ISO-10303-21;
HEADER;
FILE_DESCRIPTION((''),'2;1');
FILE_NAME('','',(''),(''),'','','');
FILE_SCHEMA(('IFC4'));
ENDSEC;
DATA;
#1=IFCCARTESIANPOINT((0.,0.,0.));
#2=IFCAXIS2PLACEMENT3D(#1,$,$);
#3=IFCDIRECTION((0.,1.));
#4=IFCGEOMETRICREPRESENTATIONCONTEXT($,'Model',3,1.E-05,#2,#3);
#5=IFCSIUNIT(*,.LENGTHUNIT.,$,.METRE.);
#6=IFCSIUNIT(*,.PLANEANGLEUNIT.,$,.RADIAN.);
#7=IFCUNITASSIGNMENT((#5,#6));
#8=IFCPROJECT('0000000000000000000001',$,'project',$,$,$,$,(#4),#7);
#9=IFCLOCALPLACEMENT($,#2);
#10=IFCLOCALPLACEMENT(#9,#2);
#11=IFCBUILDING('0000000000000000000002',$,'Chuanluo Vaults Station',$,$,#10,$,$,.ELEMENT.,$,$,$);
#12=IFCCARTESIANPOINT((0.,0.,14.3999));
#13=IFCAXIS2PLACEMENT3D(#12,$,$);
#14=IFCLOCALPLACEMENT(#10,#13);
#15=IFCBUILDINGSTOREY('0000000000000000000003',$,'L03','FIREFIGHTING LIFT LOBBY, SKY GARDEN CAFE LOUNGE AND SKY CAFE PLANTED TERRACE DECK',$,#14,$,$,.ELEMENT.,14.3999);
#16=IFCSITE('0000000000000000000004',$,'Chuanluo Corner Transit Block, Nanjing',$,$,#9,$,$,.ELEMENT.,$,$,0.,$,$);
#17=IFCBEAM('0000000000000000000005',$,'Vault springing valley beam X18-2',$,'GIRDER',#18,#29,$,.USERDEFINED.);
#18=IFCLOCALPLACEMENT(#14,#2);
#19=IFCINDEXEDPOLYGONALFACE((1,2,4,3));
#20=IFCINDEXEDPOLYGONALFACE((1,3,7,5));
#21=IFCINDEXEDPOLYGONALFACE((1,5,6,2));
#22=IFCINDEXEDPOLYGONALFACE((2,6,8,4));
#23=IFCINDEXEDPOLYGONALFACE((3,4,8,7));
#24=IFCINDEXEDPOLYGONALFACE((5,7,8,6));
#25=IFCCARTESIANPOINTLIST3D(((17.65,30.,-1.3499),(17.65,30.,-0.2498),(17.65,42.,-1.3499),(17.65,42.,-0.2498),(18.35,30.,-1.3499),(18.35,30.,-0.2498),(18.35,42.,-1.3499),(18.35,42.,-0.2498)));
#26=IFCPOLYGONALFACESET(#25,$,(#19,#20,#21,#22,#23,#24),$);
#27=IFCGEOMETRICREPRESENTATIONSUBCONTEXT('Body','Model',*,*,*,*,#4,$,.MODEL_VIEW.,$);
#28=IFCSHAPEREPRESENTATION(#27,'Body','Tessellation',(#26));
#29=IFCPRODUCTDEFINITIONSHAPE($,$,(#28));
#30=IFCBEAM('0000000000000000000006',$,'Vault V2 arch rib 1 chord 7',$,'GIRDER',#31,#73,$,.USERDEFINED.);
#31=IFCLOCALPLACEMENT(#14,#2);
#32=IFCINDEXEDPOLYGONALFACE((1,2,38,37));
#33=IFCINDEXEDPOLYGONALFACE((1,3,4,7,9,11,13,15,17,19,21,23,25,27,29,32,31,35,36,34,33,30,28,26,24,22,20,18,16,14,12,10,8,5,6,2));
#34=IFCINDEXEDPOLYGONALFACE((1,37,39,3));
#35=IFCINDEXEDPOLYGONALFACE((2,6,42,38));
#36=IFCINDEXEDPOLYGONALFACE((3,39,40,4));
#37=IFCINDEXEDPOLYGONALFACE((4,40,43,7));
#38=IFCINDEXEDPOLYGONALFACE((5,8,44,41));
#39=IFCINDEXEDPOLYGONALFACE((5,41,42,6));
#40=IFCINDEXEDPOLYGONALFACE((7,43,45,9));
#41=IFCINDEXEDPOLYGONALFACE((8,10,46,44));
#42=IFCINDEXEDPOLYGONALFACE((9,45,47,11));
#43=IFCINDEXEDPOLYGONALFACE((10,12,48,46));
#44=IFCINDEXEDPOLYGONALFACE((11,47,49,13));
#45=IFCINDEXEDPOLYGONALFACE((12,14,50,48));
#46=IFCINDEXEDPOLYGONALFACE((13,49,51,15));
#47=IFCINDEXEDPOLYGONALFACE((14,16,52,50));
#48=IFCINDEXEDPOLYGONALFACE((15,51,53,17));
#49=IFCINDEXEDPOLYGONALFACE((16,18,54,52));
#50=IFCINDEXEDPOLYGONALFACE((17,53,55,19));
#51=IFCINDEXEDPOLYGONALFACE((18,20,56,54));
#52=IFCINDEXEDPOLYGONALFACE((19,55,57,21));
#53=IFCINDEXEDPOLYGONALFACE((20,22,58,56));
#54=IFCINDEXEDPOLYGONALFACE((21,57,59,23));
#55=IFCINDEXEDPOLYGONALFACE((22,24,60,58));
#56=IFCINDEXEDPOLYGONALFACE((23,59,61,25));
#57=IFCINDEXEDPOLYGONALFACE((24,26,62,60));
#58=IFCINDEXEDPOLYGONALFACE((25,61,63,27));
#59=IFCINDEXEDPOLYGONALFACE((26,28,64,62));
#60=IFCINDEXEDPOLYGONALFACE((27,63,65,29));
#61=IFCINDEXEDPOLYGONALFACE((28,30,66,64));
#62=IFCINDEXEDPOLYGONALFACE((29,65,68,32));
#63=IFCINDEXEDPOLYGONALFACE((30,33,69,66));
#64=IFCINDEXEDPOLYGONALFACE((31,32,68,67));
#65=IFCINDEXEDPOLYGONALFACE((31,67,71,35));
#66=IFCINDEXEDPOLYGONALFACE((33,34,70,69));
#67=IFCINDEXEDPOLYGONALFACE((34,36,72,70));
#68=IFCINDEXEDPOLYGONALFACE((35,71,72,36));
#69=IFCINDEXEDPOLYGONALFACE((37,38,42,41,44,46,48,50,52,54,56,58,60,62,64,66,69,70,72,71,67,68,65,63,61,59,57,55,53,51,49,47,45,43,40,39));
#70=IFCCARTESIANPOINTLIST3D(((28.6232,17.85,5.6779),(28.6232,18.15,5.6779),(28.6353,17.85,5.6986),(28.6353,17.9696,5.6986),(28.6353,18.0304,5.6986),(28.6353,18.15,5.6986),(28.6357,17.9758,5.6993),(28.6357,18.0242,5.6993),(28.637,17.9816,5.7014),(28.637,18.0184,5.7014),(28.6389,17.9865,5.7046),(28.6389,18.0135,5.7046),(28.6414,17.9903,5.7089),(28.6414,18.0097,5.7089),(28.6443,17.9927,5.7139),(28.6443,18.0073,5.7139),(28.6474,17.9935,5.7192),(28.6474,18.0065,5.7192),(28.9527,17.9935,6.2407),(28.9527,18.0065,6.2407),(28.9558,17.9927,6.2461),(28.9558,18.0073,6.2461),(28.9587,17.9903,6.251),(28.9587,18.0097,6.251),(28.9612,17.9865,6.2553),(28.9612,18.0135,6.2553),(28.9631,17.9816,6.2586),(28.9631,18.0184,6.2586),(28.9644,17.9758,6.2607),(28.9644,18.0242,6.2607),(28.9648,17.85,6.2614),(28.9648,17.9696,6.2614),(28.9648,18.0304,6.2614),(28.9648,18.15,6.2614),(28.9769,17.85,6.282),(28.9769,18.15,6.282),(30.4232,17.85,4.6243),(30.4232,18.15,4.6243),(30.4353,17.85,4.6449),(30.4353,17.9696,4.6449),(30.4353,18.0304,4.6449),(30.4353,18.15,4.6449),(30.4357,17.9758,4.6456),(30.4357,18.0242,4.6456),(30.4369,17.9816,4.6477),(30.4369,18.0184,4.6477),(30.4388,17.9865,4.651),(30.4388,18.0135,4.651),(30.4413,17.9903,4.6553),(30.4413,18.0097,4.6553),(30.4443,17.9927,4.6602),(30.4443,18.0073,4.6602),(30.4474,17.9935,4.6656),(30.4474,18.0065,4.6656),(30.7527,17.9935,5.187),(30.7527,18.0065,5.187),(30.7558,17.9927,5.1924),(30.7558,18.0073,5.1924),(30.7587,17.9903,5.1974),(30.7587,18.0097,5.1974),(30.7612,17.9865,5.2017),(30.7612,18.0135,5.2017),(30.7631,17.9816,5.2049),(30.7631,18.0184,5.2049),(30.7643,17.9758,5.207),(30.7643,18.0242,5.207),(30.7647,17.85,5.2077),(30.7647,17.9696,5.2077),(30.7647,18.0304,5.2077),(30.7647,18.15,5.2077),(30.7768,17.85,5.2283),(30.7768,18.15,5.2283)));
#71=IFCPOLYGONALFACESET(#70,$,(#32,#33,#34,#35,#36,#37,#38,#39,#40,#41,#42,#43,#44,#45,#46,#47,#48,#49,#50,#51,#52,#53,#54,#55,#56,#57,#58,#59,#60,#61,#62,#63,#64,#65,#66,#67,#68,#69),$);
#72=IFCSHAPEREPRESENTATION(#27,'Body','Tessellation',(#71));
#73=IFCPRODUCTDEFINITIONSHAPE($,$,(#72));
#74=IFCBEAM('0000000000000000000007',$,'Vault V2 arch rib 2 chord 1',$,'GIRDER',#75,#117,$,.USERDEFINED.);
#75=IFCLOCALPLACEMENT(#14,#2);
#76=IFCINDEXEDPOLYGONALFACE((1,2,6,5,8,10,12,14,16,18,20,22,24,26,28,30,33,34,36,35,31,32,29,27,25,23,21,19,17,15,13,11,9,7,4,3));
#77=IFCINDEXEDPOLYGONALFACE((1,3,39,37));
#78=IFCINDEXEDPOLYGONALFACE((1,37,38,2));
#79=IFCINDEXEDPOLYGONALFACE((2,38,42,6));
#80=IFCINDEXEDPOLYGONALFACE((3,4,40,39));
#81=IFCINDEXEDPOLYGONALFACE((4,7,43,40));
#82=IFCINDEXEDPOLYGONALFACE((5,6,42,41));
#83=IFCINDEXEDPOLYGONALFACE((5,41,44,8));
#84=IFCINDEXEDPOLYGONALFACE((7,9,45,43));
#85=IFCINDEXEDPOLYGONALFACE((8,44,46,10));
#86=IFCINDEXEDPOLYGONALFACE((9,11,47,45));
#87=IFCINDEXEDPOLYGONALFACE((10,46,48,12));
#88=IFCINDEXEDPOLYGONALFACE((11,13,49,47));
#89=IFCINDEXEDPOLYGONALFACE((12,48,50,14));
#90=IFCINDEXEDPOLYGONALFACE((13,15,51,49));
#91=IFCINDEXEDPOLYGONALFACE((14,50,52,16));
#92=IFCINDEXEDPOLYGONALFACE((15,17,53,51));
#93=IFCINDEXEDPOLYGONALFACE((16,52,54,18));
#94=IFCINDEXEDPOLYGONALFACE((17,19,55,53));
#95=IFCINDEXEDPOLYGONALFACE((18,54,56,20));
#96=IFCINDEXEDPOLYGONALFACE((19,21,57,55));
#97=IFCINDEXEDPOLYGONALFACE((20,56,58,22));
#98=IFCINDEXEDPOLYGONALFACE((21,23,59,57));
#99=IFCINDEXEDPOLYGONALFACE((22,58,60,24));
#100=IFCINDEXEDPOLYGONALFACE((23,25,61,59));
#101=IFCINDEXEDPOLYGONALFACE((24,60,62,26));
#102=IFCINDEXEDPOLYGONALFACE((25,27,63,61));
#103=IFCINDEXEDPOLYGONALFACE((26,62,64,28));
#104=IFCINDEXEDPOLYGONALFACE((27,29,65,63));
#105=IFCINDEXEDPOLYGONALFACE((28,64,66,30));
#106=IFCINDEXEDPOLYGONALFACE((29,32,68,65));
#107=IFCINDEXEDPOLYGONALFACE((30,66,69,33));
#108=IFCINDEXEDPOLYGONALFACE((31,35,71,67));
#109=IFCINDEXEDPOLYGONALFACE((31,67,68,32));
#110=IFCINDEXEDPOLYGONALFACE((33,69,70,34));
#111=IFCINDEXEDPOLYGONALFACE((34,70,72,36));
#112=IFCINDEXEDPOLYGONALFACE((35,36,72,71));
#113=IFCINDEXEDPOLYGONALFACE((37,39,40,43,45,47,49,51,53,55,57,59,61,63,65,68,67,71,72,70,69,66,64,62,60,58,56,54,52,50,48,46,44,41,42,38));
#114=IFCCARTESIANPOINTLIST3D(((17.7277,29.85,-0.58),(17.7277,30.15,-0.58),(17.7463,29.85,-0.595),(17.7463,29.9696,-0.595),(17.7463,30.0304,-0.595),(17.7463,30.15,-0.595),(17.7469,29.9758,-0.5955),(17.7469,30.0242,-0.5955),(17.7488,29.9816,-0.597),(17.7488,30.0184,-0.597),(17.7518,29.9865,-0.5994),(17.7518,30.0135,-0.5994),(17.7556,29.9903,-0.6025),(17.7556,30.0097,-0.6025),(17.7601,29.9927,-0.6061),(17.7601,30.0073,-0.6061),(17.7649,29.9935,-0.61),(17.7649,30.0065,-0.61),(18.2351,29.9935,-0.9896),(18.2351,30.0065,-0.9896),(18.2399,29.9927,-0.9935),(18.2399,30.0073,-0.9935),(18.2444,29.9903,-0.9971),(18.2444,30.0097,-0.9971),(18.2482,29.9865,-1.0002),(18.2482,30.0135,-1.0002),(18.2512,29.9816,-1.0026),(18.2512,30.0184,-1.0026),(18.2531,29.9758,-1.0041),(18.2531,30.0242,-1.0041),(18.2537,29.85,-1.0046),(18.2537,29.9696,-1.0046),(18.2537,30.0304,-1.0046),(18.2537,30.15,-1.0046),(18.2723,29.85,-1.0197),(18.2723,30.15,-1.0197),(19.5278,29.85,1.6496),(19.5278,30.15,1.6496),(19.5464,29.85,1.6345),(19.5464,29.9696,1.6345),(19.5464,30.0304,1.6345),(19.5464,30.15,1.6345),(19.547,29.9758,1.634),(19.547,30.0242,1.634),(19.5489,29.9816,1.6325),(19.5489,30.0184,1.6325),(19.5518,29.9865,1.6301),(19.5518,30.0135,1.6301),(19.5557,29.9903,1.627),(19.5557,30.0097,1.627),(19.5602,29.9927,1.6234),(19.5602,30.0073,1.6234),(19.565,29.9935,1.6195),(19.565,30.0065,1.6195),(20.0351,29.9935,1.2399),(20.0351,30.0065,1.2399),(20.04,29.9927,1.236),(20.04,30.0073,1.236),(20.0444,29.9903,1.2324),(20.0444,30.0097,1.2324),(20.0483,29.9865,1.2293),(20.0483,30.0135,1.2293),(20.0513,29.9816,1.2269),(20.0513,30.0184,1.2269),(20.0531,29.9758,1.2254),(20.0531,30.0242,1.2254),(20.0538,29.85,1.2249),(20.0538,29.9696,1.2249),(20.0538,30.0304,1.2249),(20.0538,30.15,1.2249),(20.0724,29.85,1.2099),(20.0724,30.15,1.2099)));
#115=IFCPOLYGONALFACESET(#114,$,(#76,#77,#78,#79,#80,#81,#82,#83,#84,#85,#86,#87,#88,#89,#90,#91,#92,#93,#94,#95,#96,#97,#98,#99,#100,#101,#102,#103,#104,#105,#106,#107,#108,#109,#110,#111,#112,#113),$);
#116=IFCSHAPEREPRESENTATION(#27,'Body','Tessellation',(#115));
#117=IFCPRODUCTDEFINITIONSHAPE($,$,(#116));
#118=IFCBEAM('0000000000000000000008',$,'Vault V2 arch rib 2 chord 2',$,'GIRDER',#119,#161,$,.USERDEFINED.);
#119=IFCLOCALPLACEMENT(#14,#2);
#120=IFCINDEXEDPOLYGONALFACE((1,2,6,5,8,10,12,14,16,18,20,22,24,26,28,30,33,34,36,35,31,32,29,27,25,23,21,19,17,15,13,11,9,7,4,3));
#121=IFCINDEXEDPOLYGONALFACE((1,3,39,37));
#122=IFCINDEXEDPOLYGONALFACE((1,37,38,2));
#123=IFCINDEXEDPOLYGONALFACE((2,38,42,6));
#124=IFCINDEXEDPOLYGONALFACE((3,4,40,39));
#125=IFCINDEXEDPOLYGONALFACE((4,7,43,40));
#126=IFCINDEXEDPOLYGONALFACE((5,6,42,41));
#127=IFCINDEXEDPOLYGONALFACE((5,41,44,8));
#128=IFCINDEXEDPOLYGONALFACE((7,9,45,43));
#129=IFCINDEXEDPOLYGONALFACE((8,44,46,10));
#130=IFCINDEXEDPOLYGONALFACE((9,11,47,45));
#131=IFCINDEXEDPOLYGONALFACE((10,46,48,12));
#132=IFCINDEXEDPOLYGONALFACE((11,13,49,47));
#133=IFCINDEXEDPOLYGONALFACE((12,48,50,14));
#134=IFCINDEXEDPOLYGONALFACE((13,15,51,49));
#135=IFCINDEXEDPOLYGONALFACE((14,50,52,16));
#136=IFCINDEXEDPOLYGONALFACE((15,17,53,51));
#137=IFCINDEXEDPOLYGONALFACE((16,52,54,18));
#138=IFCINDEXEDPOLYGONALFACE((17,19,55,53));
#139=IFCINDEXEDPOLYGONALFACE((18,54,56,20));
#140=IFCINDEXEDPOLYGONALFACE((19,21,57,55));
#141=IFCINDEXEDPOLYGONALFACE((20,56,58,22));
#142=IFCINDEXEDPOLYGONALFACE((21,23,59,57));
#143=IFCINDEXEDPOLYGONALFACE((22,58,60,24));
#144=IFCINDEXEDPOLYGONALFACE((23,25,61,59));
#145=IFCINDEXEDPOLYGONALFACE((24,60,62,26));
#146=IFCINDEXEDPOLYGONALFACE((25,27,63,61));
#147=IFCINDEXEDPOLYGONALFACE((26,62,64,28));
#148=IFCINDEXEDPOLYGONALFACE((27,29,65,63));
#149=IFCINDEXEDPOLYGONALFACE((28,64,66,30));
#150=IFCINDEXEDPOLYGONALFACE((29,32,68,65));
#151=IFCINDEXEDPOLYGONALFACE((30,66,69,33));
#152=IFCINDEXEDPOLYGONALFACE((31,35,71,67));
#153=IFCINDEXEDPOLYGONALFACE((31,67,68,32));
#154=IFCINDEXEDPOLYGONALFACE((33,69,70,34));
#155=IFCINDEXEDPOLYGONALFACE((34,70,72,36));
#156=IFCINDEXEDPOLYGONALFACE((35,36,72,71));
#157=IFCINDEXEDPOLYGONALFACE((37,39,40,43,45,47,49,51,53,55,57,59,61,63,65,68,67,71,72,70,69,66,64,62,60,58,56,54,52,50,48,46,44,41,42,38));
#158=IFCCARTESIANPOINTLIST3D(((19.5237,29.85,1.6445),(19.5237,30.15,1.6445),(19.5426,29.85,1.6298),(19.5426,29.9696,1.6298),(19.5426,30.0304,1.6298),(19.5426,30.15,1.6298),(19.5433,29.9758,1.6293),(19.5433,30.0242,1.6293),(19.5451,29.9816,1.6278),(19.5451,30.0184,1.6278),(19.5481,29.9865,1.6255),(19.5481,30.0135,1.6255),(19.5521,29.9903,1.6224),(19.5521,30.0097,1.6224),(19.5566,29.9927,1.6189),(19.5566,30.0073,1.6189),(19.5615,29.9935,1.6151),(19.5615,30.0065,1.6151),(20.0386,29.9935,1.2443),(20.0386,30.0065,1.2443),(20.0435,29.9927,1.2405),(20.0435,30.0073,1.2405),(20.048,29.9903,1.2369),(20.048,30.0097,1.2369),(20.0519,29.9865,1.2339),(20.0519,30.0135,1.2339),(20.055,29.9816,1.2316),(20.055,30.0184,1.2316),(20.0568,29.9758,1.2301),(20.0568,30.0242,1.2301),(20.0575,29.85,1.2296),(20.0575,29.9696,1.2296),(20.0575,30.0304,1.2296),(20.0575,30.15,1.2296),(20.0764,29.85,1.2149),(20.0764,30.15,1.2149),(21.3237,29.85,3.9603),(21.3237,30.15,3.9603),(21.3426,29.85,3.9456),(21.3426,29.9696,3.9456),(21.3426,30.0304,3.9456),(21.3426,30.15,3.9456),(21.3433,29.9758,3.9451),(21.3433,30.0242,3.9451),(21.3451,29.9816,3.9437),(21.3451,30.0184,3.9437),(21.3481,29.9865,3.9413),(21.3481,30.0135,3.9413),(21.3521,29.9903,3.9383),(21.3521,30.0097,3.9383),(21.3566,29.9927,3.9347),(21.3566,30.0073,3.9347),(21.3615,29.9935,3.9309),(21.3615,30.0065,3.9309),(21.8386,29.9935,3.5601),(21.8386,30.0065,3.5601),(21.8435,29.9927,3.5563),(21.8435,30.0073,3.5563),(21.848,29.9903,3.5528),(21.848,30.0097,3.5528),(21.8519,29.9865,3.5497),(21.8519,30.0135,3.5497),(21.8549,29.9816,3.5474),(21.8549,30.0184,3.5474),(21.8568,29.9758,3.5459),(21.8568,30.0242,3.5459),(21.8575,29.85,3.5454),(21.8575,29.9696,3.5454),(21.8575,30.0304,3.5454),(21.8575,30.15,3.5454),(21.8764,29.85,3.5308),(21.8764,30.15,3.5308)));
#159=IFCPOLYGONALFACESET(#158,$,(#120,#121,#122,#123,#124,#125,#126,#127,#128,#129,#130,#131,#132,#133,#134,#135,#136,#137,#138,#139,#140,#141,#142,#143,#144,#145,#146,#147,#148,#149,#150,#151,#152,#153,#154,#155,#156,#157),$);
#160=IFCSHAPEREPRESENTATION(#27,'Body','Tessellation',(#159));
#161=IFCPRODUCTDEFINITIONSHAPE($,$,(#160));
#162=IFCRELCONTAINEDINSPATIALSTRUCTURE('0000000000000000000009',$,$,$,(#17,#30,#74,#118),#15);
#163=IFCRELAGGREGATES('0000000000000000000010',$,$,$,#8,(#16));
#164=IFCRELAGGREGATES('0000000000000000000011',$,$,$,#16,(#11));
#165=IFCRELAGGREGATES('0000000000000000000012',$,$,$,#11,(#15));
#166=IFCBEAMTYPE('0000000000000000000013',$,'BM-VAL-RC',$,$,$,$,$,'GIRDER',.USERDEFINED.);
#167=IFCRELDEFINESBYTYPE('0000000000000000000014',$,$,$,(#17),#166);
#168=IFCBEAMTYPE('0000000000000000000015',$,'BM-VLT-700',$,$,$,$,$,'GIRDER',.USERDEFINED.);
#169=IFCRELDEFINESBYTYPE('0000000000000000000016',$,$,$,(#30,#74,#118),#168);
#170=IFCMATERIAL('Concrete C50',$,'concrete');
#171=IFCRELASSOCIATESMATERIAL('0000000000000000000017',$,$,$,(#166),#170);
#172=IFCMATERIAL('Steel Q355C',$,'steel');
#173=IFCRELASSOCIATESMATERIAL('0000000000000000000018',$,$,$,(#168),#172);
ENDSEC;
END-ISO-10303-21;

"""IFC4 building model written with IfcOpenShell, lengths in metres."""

from ifc_helpers import new_model, si_unit, direction, frame, origin, origin_2d, place, context, subcontext, project, spatial, rectangle, i_section, extrude, material, material_profile, profile_set, type_object, element, save


model = new_model("IFC4")

# Units and contexts
model_context = context("Model", 3, precision=1e-05, world=origin(), true_north=direction((0.0, 1.0)))
body_context = subcontext(model_context, "Body", "Model", "MODEL_VIEW")
ifc_project = project(units=[si_unit("LENGTHUNIT", "METRE"), si_unit("PLANEANGLEUNIT", "RADIAN")], contexts=[model_context])

# Site, building, storey
site_placement = place(None, origin())
site = spatial("IfcSite", under=ifc_project, at=site_placement, Name="Chuanluo Corner Transit Block, Nanjing", CompositionType="ELEMENT", RefElevation=0.0)
building_placement = place(site_placement, origin())
building = spatial("IfcBuilding", under=site, at=building_placement, Name="Chuanluo Vaults Station", CompositionType="ELEMENT")
storey_placement = place(building_placement, frame((0.0, 0.0, 14.3999)))
storey = spatial("IfcBuildingStorey", under=building, at=storey_placement, Name="L03", Description="FIREFIGHTING LIFT LOBBY, SKY GARDEN CAFE LOUNGE AND SKY CAFE PLANTED TERRACE DECK", CompositionType="ELEMENT", Elevation=14.3999)

# Beams
ifc_material_1 = material(Name="Concrete C50", Category="concrete")
ifc_material_profile_1 = material_profile(ifc_material_1, rectangle(XDim=0.7, YDim=1.1001, at=origin_2d()))
ifc_profile_set_1 = profile_set([ifc_material_profile_1], Name="Concrete C50")
beam_type_1 = type_object("IfcBeamType", Name="BM-VAL-RC", ElementType="GIRDER", PredefinedType="USERDEFINED", material=ifc_profile_set_1)
beam_1_placement = place(storey_placement, frame((18.0, 30.0, -0.7998), z_axis=(0.0, 1.0, 0.0), x_axis=(-1.0, 0.0, 0.0)))
element("IfcBeam", 1, at=beam_1_placement, inside=storey, type_object=beam_type_1, Name="Vault springing valley beam X18-2", ObjectType="GIRDER", PredefinedType="USERDEFINED", context=body_context, shape_type="SweptSolid", body=[
    extrude(rectangle(XDim=0.7, YDim=1.1001, at=origin_2d()), origin(), (0.0, 0.0, 1.0), 12.0),
])
ifc_material_2 = material(Name="Steel Q355C", Category="steel")
ifc_material_profile_2 = material_profile(ifc_material_2, i_section(OverallWidth=0.3, OverallDepth=0.7, WebThickness=0.0129, FlangeThickness=0.0239, FilletRadius=0.0239, at=origin_2d()))
ifc_profile_set_2 = profile_set([ifc_material_profile_2], Name="Steel Q355C")
beam_type_2 = type_object("IfcBeamType", Name="BM-VLT-700", ElementType="GIRDER", PredefinedType="USERDEFINED", material=ifc_profile_set_2)
beam_2_placement = place(storey_placement, frame((28.8, 18.0, 5.98), z_axis=(0.863009, 0.0, -0.505188), x_axis=(0.0, 1.0, 0.0)))
element("IfcBeam", 2, at=beam_2_placement, inside=storey, type_object=beam_type_2, Name="Vault V2 arch rib 1 chord 7", ObjectType="GIRDER", PredefinedType="USERDEFINED", context=body_context, shape_type="SweptSolid", body=[
    extrude(i_section(OverallWidth=0.3, OverallDepth=0.7, WebThickness=0.0129, FlangeThickness=0.0239, FilletRadius=0.0239, at=origin_2d()), origin(), (0.0, 0.0, 1.0), 2.0857),
])
beam_3_placement = place(storey_placement, frame((18.0, 30.0, -0.7998), z_axis=(0.62819, 0.0, 0.77806), x_axis=(0.0, 1.0, 0.0)))
element("IfcBeam", 3, at=beam_3_placement, inside=storey, type_object=beam_type_2, Name="Vault V2 arch rib 2 chord 1", ObjectType="GIRDER", PredefinedType="USERDEFINED", context=body_context, shape_type="SweptSolid", body=[
    extrude(i_section(OverallWidth=0.3, OverallDepth=0.7, WebThickness=0.0129, FlangeThickness=0.0239, FilletRadius=0.0239, at=origin_2d()), origin(), (0.0, 0.0, 1.0), 2.8655),
])
beam_4_placement = place(storey_placement, frame((19.8, 30.0, 1.4297), z_axis=(0.613681, 0.0, 0.789554), x_axis=(0.0, 1.0, 0.0)))
element("IfcBeam", 4, at=beam_4_placement, inside=storey, type_object=beam_type_2, Name="Vault V2 arch rib 2 chord 2", ObjectType="GIRDER", PredefinedType="USERDEFINED", context=body_context, shape_type="SweptSolid", body=[
    extrude(i_section(OverallWidth=0.3, OverallDepth=0.7, WebThickness=0.0129, FlangeThickness=0.0239, FilletRadius=0.0239, at=origin_2d()), origin(), (0.0, 0.0, 1.0), 2.9331),
])

save(model, "model.ifc")
